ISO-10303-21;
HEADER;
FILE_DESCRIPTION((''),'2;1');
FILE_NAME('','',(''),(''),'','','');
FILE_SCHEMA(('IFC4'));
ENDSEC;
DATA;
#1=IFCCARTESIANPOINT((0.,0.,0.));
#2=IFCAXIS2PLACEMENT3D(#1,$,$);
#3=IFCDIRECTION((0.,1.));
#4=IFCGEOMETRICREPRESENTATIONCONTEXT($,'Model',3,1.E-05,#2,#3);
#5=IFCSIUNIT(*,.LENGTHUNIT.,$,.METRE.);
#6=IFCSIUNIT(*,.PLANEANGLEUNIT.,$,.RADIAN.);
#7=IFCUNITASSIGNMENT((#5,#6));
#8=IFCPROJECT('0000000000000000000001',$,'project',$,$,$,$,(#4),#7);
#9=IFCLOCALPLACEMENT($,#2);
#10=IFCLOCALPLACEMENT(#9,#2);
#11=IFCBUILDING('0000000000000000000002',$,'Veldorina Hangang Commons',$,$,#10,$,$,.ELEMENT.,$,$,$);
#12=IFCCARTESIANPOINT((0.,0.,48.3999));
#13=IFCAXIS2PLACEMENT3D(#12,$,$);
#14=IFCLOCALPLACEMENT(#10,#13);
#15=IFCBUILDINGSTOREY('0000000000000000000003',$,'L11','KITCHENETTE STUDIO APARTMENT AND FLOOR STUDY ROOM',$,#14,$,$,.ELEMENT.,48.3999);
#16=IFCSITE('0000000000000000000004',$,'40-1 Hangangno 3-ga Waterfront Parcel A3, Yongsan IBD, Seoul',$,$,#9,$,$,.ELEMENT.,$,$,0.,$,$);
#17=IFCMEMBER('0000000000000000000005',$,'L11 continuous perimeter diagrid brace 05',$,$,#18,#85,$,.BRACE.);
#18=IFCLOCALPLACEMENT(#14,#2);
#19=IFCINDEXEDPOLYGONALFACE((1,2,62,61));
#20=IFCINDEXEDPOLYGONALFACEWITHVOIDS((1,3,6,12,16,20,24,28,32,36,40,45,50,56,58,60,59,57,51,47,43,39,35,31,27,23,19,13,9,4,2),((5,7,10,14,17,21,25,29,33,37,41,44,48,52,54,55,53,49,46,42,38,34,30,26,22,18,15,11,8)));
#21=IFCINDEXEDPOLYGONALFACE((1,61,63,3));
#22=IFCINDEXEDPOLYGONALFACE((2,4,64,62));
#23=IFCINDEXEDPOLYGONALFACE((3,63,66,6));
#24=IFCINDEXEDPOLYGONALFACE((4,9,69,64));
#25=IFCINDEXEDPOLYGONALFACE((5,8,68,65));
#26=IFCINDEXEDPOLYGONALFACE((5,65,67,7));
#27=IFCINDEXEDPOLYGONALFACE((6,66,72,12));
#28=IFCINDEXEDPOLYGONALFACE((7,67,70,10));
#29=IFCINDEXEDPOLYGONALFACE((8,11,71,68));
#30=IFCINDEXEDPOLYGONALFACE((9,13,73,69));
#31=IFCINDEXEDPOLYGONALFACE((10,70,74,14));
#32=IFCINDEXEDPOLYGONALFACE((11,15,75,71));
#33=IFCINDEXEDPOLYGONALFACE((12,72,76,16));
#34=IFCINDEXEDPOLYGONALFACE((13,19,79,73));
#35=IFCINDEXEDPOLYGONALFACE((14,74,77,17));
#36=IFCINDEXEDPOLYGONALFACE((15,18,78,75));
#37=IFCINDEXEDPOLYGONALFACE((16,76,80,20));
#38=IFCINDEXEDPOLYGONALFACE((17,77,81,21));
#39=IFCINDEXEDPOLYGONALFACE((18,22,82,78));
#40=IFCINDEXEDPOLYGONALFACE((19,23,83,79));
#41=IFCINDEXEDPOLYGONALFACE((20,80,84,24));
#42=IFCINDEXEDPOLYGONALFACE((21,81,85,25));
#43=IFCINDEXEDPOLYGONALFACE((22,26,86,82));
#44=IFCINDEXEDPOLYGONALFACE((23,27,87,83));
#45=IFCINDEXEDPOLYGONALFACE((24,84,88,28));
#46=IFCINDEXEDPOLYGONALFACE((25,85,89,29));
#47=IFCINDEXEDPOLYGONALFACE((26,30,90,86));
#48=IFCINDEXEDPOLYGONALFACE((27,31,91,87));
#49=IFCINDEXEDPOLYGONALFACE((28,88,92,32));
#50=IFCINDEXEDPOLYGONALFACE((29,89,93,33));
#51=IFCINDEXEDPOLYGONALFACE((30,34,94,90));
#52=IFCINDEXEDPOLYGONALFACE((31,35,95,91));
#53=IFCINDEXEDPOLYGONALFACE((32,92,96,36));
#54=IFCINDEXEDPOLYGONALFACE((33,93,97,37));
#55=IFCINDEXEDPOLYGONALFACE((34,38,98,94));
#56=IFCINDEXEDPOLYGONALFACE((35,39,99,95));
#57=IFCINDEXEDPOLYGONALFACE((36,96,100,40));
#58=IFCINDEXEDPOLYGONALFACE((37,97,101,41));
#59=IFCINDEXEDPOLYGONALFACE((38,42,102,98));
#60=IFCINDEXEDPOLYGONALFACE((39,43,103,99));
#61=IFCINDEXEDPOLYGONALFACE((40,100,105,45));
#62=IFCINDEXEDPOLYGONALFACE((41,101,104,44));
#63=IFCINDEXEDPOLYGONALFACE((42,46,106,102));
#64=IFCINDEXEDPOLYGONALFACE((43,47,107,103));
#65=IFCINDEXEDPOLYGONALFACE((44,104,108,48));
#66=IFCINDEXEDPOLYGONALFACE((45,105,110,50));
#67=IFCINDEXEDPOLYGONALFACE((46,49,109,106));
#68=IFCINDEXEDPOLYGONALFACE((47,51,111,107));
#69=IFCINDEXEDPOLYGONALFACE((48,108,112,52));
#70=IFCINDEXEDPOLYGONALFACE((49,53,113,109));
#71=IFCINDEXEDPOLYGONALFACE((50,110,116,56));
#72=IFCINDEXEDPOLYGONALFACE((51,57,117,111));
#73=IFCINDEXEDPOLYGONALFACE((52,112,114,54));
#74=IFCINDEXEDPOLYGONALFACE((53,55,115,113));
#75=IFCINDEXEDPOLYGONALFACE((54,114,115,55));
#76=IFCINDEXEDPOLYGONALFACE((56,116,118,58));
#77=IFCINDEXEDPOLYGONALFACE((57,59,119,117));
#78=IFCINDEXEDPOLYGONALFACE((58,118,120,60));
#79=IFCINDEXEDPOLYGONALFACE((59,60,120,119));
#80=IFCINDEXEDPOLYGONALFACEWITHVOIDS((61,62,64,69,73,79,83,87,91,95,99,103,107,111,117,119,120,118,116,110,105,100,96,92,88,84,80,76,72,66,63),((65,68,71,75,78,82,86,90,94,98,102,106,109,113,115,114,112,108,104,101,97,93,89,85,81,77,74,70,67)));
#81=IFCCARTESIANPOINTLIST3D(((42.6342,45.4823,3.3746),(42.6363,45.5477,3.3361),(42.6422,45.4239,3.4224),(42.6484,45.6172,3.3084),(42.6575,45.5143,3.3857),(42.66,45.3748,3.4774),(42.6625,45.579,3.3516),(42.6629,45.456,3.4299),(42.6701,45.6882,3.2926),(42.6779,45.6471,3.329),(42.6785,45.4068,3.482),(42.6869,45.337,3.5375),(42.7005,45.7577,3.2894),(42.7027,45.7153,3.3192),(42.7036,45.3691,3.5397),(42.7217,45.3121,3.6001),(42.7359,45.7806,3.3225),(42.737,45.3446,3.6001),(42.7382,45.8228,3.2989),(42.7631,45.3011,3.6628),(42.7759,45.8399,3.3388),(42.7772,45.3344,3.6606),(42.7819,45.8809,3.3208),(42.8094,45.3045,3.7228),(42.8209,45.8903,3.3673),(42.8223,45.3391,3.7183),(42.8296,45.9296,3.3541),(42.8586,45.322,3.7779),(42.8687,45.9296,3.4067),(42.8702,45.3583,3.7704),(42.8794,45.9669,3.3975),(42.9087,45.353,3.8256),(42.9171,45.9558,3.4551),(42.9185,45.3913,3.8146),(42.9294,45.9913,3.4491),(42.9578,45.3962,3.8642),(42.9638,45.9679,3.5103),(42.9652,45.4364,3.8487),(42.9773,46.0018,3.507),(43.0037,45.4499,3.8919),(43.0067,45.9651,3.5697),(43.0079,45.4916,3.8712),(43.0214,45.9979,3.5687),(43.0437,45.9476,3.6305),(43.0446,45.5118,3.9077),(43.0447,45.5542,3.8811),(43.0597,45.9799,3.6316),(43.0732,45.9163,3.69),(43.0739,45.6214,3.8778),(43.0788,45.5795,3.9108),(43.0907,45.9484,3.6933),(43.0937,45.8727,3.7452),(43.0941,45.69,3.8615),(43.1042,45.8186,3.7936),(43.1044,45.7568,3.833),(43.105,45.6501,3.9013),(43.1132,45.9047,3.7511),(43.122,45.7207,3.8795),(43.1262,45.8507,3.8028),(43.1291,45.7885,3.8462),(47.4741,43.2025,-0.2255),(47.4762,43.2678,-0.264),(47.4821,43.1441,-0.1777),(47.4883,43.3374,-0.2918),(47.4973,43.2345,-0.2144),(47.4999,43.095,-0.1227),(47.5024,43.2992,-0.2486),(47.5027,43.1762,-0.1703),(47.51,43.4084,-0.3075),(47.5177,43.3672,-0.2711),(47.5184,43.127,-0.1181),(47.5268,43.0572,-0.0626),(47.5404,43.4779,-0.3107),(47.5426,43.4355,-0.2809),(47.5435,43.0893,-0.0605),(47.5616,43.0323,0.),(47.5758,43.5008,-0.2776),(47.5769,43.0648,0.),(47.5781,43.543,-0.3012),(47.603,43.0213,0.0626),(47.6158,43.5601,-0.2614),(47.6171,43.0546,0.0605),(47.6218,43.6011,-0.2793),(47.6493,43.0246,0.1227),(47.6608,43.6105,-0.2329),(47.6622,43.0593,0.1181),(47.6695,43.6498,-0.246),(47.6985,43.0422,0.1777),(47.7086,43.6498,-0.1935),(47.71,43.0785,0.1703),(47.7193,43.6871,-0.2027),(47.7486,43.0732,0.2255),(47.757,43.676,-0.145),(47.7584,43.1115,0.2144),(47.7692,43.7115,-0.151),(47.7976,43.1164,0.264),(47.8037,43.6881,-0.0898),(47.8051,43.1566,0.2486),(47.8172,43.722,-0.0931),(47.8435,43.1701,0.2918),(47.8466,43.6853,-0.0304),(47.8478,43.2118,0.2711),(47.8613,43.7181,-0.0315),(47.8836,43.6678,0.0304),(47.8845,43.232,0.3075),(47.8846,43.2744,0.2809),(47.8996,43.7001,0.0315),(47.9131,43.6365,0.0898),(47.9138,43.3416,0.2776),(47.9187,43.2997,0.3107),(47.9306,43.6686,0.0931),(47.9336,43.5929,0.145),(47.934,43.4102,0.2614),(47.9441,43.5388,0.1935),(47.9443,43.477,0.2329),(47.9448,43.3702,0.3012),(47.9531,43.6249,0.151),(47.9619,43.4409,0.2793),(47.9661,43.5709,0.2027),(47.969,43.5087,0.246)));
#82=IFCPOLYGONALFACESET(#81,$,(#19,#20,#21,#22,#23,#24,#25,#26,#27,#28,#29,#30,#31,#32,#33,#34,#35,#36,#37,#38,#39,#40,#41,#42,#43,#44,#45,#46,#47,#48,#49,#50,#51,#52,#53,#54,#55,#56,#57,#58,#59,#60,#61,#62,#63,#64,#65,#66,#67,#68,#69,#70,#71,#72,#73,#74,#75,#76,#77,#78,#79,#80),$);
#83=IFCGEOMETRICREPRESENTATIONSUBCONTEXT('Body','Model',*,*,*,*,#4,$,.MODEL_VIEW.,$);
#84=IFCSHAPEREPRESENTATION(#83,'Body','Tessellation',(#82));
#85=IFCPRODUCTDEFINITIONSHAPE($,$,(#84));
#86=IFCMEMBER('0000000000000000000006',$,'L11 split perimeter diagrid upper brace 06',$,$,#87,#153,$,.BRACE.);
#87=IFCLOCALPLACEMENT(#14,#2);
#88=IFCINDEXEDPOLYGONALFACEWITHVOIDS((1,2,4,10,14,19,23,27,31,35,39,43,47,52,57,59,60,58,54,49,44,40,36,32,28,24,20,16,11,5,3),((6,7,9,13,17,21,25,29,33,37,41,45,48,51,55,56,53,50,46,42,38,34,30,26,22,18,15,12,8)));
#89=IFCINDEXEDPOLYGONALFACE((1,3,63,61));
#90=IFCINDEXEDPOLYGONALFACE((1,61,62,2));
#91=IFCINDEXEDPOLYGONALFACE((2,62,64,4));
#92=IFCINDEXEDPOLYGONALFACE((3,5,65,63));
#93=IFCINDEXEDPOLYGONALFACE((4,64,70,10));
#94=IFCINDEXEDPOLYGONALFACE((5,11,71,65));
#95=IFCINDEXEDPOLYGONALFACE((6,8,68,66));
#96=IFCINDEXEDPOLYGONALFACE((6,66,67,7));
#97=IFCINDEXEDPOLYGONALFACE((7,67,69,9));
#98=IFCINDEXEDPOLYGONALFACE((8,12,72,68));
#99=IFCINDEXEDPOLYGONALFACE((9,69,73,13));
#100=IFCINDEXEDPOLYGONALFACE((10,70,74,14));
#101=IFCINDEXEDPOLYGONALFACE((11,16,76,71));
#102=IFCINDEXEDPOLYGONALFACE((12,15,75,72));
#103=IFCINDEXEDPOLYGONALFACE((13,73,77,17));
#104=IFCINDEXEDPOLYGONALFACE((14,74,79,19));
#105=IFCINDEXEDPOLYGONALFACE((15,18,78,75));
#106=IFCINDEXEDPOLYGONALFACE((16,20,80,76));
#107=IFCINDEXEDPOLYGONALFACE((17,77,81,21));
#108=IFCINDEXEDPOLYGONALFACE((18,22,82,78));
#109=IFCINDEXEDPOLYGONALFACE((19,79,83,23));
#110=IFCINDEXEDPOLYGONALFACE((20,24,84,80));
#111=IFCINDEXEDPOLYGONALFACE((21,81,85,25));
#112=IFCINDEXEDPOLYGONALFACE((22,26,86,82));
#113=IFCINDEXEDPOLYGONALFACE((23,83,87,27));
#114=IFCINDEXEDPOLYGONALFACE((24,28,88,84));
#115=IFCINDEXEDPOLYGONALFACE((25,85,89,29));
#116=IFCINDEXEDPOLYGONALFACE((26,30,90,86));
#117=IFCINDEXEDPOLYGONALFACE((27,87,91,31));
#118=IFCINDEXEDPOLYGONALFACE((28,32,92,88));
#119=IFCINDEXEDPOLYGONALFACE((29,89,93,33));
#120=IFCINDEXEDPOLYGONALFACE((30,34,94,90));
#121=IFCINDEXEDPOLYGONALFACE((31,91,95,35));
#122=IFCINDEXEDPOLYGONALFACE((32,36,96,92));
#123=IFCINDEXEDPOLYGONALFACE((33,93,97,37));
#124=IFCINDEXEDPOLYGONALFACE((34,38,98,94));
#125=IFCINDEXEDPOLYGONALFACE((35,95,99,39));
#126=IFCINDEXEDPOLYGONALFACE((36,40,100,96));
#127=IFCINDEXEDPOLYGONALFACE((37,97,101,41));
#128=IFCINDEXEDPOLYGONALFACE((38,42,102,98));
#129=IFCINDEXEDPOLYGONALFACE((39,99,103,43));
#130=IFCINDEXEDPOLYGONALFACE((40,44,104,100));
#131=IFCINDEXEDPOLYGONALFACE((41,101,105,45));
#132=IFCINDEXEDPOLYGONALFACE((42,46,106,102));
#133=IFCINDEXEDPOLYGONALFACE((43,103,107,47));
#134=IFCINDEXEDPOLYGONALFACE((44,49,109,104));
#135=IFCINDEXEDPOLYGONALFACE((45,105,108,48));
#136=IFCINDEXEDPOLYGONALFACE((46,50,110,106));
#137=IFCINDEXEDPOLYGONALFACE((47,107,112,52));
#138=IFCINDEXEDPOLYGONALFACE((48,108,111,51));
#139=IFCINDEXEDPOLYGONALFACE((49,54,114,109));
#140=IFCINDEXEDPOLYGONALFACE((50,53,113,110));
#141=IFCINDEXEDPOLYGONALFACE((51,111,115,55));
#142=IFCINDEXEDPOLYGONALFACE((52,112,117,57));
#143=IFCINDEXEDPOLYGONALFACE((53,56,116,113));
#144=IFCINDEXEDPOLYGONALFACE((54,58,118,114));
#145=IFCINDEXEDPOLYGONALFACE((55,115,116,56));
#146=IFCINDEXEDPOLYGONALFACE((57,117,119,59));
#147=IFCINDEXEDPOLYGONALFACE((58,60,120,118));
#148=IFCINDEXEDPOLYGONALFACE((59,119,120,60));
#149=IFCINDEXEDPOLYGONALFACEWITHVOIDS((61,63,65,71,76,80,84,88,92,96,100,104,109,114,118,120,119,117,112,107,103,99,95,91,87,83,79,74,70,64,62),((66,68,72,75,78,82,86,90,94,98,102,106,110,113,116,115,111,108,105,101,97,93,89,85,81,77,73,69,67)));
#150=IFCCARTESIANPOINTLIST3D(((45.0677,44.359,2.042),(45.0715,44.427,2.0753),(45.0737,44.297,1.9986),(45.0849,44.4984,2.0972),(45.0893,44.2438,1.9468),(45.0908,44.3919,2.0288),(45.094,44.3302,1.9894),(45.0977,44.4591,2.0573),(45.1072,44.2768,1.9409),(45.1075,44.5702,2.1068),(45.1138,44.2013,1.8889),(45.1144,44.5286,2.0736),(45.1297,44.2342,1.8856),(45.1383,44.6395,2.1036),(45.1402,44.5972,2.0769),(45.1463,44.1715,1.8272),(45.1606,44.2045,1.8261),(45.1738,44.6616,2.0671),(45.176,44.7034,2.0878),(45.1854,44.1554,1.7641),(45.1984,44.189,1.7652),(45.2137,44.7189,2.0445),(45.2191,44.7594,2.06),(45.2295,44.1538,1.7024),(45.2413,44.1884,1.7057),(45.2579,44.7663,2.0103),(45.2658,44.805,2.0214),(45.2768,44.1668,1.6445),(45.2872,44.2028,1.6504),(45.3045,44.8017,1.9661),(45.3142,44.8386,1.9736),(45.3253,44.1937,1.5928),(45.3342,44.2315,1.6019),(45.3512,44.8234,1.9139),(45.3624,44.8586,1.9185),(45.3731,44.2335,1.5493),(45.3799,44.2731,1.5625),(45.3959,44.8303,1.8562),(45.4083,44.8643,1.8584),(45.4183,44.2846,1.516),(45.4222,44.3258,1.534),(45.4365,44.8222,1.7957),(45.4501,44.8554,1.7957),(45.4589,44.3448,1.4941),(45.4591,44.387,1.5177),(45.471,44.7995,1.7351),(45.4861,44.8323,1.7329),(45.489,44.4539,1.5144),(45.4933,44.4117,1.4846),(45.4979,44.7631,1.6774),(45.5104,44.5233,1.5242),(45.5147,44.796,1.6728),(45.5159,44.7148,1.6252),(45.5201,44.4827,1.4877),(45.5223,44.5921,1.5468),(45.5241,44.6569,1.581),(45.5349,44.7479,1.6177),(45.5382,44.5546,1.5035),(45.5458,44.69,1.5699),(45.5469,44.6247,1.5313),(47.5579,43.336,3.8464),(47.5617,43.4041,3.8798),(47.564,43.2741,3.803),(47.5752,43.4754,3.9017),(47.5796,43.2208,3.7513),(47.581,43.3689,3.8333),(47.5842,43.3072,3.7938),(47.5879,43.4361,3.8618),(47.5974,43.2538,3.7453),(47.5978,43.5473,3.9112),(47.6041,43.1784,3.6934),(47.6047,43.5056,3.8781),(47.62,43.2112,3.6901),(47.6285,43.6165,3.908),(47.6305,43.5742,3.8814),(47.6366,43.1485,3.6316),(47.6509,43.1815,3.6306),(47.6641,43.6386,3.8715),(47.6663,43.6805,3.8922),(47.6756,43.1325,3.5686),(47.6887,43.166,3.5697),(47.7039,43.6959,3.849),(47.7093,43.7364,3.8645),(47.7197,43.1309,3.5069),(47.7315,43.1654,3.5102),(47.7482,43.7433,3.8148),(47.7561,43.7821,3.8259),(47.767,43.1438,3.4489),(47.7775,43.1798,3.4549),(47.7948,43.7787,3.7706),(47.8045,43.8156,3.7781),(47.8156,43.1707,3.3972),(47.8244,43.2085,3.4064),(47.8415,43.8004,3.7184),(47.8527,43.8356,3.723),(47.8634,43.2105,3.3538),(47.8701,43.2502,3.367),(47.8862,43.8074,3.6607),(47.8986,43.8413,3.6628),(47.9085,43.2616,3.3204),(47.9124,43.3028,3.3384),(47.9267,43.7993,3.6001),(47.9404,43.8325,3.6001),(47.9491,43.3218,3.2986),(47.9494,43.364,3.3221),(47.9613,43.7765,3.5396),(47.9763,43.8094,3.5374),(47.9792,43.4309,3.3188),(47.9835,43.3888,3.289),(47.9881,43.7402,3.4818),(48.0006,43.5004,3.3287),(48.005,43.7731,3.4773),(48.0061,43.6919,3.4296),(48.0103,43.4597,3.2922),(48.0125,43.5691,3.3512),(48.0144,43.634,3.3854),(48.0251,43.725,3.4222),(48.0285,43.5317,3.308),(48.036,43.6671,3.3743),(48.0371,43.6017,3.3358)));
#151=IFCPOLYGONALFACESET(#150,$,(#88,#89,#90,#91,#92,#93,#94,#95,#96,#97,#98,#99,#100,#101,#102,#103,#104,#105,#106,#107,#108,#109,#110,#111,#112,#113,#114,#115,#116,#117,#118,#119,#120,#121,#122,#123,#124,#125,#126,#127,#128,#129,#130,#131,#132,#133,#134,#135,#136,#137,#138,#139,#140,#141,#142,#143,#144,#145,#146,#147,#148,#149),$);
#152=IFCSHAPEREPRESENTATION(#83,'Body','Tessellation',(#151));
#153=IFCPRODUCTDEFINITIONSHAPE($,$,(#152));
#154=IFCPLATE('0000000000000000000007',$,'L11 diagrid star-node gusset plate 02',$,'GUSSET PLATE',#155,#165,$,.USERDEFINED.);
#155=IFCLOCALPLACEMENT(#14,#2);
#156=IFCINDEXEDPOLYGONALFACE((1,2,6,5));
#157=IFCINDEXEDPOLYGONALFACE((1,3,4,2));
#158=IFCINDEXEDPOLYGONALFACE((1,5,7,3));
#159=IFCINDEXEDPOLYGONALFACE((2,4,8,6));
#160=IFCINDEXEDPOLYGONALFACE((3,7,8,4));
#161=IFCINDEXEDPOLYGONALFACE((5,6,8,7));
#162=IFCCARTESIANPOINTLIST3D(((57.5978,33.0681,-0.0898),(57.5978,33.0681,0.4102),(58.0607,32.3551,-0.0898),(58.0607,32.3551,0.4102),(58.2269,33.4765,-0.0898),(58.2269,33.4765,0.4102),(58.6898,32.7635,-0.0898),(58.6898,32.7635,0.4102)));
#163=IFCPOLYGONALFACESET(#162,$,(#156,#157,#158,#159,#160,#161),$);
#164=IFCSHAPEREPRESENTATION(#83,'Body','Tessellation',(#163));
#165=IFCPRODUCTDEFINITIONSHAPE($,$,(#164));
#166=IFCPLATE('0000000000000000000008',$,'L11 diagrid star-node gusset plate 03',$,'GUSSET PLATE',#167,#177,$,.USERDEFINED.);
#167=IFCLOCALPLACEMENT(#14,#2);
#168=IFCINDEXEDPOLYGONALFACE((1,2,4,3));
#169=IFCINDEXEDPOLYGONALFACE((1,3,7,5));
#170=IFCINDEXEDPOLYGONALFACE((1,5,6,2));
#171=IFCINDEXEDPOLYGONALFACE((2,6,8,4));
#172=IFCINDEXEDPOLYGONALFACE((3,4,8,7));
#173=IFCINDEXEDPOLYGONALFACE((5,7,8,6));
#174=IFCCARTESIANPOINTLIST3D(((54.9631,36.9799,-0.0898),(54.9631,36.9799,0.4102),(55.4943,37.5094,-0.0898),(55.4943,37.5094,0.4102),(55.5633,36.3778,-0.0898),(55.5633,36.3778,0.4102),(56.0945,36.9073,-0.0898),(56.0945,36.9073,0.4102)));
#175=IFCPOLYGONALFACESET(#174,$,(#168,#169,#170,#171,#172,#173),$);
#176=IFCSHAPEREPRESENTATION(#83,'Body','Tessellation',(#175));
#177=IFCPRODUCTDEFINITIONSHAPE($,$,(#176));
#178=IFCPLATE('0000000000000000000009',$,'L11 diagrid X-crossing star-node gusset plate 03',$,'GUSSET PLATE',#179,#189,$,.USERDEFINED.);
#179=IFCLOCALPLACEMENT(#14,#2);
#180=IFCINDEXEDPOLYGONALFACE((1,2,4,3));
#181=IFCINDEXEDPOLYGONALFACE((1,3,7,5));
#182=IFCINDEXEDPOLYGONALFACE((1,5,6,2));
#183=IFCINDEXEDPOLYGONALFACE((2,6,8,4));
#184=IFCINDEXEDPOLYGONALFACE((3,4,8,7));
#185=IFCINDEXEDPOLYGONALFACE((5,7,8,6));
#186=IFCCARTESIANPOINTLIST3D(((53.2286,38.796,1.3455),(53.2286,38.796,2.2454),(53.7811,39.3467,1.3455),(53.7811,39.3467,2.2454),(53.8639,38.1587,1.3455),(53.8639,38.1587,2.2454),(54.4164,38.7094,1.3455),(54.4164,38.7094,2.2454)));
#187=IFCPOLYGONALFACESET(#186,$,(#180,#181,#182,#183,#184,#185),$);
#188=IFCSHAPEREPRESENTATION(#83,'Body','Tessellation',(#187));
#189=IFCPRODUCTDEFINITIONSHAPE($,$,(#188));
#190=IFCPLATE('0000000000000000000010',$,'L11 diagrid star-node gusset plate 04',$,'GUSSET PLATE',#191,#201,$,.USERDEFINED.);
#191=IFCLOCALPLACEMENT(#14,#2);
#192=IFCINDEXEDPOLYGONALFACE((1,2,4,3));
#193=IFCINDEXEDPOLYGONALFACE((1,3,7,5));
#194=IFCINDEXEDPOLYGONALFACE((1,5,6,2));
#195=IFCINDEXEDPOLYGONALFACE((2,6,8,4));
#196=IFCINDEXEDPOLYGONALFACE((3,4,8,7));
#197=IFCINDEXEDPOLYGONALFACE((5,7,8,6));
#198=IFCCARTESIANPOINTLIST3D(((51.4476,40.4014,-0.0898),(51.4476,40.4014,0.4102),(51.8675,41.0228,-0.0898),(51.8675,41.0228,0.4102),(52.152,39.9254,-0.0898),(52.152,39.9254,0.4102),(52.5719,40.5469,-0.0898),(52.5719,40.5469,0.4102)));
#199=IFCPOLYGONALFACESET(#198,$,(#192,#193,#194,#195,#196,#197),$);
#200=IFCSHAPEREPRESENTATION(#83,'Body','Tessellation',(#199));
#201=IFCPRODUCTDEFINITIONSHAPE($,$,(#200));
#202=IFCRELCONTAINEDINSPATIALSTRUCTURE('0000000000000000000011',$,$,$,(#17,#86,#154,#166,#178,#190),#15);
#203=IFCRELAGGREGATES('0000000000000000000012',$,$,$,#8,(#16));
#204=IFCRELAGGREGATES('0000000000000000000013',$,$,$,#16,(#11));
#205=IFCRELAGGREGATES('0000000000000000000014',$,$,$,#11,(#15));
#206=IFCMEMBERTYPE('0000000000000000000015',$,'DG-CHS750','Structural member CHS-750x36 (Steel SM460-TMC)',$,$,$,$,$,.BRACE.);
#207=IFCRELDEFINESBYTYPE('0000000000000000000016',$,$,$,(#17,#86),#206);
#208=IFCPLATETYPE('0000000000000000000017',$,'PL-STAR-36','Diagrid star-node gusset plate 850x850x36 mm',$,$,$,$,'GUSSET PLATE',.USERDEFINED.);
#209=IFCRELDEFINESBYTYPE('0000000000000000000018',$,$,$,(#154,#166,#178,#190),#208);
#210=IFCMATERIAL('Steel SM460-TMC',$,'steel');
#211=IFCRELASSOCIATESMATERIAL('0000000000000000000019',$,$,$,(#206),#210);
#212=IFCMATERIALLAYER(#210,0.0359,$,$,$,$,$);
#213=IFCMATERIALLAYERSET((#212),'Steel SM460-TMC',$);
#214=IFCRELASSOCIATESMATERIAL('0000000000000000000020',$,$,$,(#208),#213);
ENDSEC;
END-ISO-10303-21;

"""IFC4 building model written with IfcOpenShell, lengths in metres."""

from ifc_helpers import new_model, si_unit, direction, frame, origin, origin_2d, place, context, subcontext, project, spatial, rectangle, hollow_circle, extrude, material, layer, layer_set, material_profile, profile_set, type_object, element, save


model = new_model("IFC4")

# Units and contexts
model_context = context("Model", 3, precision=1e-05, world=origin(), true_north=direction((0.0, 1.0)))
body_context = subcontext(model_context, "Body", "Model", "MODEL_VIEW")
ifc_project = project(units=[si_unit("LENGTHUNIT", "METRE"), si_unit("PLANEANGLEUNIT", "RADIAN")], contexts=[model_context])

# Site, building, storey
site_placement = place(None, origin())
site = spatial("IfcSite", under=ifc_project, at=site_placement, Name="40-1 Hangangno 3-ga Waterfront Parcel A3, Yongsan IBD, Seoul", CompositionType="ELEMENT", RefElevation=0.0)
building_placement = place(site_placement, origin())
building = spatial("IfcBuilding", under=site, at=building_placement, Name="Veldorina Hangang Commons", CompositionType="ELEMENT")
storey_placement = place(building_placement, frame((0.0, 0.0, 48.3999)))
storey = spatial("IfcBuildingStorey", under=building, at=storey_placement, Name="L11", Description="KITCHENETTE STUDIO APARTMENT AND FLOOR STUDY ROOM", CompositionType="ELEMENT", Elevation=48.3999)

# Shared definitions
ifc_material_1 = material(Name="Steel SM460-TMC", Category="steel")

# Members
ifc_material_profile_1 = material_profile(ifc_material_1, hollow_circle(Radius=0.375, WallThickness=0.0359, at=origin_2d()), Name="CHS-750x36")
ifc_profile_set_1 = profile_set([ifc_material_profile_1], Name="Steel SM460-TMC")
member_type = type_object("IfcMemberType", Name="DG-CHS750", Description="Structural member CHS-750x36 (Steel SM460-TMC)", PredefinedType="BRACE", material=ifc_profile_set_1)
member_1_placement = place(storey_placement, frame((47.7214, 43.3716, 0.0), z_axis=(-0.750546, 0.353541, 0.558291), x_axis=(-0.426135, -0.904659, 0.0)))
element("IfcMember", 1, at=member_1_placement, inside=storey, type_object=member_type, Name="L11 continuous perimeter diagrid brace 05", PredefinedType="BRACE", context=body_context, shape_type="SweptSolid", body=[
    extrude(hollow_circle(Radius=0.375, WallThickness=0.0359, at=origin_2d()), origin(), (0.0, 0.0, 1.0), 6.4485),
])
member_2_placement = place(storey_placement, frame((45.3076, 44.5085, 1.7957), z_axis=(0.768367, -0.315633, 0.556765), x_axis=(0.379974, 0.924997, 0.0)))
element("IfcMember", 2, at=member_2_placement, inside=storey, type_object=member_type, Name="L11 split perimeter diagrid upper brace 06", PredefinedType="BRACE", context=body_context, shape_type="SweptSolid", body=[
    extrude(hollow_circle(Radius=0.375, WallThickness=0.0359, at=origin_2d()), origin(), (0.0, 0.0, 1.0), 3.241),
])

# Plates
ifc_layer_1 = layer(ifc_material_1, 0.0359)
ifc_layer_set_1 = layer_set([ifc_layer_1], Name="Steel SM460-TMC")
plate_type = type_object("IfcPlateType", Name="PL-STAR-36", Description="Diagrid star-node gusset plate 850x850x36 mm", ElementType="GUSSET PLATE", PredefinedType="USERDEFINED", material=ifc_layer_set_1)
for number, where, z_axis, x_axis, name in (
    (3, (58.1438, 32.9158, -0.0898), (0.0, 0.0, 1.0), (-0.544537, 0.838737, 0.0), "L11 diagrid star-node gusset plate 02"),
    (4, (55.5288, 36.9436, -0.0898), (0.0, 0.0, 1.0), (-0.70597, 0.708241, 0.0), "L11 diagrid star-node gusset plate 03"),
):
    element("IfcPlate", number, at=place(storey_placement, frame(where, z_axis=z_axis, x_axis=x_axis)), inside=storey, type_object=plate_type, Name=name, ObjectType="GUSSET PLATE", PredefinedType="USERDEFINED", context=body_context, shape_type="SweptSolid", body=[
        extrude(rectangle(XDim=0.8501, YDim=0.75, at=origin_2d()), origin(), (0.0, 0.0, 1.0), 0.5),
    ])
plate_1_placement = place(storey_placement, frame((53.8225, 38.7527, 1.3455), z_axis=(0.0, 0.0, 1.0), x_axis=(-0.70597, 0.708241, 0.0)))
element("IfcPlate", 5, at=plate_1_placement, inside=storey, type_object=plate_type, Name="L11 diagrid X-crossing star-node gusset plate 03", ObjectType="GUSSET PLATE", PredefinedType="USERDEFINED", context=body_context, shape_type="SweptSolid", body=[
    extrude(rectangle(XDim=0.8999, YDim=0.78, at=origin_2d()), origin(), (0.0, 0.0, 1.0), 0.8999),
])
for number, where, z_axis, x_axis, name in (
    (6, (52.0098, 40.4741, -0.0898), (0.0, 0.0, 1.0), (-0.828588, 0.559858, 0.0), "L11 diagrid star-node gusset plate 04"),
):
    element("IfcPlate", number, at=place(storey_placement, frame(where, z_axis=z_axis, x_axis=x_axis)), inside=storey, type_object=plate_type, Name=name, ObjectType="GUSSET PLATE", PredefinedType="USERDEFINED", context=body_context, shape_type="SweptSolid", body=[
        extrude(rectangle(XDim=0.8501, YDim=0.75, at=origin_2d()), origin(), (0.0, 0.0, 1.0), 0.5),
    ])

save(model, "model.ifc")
